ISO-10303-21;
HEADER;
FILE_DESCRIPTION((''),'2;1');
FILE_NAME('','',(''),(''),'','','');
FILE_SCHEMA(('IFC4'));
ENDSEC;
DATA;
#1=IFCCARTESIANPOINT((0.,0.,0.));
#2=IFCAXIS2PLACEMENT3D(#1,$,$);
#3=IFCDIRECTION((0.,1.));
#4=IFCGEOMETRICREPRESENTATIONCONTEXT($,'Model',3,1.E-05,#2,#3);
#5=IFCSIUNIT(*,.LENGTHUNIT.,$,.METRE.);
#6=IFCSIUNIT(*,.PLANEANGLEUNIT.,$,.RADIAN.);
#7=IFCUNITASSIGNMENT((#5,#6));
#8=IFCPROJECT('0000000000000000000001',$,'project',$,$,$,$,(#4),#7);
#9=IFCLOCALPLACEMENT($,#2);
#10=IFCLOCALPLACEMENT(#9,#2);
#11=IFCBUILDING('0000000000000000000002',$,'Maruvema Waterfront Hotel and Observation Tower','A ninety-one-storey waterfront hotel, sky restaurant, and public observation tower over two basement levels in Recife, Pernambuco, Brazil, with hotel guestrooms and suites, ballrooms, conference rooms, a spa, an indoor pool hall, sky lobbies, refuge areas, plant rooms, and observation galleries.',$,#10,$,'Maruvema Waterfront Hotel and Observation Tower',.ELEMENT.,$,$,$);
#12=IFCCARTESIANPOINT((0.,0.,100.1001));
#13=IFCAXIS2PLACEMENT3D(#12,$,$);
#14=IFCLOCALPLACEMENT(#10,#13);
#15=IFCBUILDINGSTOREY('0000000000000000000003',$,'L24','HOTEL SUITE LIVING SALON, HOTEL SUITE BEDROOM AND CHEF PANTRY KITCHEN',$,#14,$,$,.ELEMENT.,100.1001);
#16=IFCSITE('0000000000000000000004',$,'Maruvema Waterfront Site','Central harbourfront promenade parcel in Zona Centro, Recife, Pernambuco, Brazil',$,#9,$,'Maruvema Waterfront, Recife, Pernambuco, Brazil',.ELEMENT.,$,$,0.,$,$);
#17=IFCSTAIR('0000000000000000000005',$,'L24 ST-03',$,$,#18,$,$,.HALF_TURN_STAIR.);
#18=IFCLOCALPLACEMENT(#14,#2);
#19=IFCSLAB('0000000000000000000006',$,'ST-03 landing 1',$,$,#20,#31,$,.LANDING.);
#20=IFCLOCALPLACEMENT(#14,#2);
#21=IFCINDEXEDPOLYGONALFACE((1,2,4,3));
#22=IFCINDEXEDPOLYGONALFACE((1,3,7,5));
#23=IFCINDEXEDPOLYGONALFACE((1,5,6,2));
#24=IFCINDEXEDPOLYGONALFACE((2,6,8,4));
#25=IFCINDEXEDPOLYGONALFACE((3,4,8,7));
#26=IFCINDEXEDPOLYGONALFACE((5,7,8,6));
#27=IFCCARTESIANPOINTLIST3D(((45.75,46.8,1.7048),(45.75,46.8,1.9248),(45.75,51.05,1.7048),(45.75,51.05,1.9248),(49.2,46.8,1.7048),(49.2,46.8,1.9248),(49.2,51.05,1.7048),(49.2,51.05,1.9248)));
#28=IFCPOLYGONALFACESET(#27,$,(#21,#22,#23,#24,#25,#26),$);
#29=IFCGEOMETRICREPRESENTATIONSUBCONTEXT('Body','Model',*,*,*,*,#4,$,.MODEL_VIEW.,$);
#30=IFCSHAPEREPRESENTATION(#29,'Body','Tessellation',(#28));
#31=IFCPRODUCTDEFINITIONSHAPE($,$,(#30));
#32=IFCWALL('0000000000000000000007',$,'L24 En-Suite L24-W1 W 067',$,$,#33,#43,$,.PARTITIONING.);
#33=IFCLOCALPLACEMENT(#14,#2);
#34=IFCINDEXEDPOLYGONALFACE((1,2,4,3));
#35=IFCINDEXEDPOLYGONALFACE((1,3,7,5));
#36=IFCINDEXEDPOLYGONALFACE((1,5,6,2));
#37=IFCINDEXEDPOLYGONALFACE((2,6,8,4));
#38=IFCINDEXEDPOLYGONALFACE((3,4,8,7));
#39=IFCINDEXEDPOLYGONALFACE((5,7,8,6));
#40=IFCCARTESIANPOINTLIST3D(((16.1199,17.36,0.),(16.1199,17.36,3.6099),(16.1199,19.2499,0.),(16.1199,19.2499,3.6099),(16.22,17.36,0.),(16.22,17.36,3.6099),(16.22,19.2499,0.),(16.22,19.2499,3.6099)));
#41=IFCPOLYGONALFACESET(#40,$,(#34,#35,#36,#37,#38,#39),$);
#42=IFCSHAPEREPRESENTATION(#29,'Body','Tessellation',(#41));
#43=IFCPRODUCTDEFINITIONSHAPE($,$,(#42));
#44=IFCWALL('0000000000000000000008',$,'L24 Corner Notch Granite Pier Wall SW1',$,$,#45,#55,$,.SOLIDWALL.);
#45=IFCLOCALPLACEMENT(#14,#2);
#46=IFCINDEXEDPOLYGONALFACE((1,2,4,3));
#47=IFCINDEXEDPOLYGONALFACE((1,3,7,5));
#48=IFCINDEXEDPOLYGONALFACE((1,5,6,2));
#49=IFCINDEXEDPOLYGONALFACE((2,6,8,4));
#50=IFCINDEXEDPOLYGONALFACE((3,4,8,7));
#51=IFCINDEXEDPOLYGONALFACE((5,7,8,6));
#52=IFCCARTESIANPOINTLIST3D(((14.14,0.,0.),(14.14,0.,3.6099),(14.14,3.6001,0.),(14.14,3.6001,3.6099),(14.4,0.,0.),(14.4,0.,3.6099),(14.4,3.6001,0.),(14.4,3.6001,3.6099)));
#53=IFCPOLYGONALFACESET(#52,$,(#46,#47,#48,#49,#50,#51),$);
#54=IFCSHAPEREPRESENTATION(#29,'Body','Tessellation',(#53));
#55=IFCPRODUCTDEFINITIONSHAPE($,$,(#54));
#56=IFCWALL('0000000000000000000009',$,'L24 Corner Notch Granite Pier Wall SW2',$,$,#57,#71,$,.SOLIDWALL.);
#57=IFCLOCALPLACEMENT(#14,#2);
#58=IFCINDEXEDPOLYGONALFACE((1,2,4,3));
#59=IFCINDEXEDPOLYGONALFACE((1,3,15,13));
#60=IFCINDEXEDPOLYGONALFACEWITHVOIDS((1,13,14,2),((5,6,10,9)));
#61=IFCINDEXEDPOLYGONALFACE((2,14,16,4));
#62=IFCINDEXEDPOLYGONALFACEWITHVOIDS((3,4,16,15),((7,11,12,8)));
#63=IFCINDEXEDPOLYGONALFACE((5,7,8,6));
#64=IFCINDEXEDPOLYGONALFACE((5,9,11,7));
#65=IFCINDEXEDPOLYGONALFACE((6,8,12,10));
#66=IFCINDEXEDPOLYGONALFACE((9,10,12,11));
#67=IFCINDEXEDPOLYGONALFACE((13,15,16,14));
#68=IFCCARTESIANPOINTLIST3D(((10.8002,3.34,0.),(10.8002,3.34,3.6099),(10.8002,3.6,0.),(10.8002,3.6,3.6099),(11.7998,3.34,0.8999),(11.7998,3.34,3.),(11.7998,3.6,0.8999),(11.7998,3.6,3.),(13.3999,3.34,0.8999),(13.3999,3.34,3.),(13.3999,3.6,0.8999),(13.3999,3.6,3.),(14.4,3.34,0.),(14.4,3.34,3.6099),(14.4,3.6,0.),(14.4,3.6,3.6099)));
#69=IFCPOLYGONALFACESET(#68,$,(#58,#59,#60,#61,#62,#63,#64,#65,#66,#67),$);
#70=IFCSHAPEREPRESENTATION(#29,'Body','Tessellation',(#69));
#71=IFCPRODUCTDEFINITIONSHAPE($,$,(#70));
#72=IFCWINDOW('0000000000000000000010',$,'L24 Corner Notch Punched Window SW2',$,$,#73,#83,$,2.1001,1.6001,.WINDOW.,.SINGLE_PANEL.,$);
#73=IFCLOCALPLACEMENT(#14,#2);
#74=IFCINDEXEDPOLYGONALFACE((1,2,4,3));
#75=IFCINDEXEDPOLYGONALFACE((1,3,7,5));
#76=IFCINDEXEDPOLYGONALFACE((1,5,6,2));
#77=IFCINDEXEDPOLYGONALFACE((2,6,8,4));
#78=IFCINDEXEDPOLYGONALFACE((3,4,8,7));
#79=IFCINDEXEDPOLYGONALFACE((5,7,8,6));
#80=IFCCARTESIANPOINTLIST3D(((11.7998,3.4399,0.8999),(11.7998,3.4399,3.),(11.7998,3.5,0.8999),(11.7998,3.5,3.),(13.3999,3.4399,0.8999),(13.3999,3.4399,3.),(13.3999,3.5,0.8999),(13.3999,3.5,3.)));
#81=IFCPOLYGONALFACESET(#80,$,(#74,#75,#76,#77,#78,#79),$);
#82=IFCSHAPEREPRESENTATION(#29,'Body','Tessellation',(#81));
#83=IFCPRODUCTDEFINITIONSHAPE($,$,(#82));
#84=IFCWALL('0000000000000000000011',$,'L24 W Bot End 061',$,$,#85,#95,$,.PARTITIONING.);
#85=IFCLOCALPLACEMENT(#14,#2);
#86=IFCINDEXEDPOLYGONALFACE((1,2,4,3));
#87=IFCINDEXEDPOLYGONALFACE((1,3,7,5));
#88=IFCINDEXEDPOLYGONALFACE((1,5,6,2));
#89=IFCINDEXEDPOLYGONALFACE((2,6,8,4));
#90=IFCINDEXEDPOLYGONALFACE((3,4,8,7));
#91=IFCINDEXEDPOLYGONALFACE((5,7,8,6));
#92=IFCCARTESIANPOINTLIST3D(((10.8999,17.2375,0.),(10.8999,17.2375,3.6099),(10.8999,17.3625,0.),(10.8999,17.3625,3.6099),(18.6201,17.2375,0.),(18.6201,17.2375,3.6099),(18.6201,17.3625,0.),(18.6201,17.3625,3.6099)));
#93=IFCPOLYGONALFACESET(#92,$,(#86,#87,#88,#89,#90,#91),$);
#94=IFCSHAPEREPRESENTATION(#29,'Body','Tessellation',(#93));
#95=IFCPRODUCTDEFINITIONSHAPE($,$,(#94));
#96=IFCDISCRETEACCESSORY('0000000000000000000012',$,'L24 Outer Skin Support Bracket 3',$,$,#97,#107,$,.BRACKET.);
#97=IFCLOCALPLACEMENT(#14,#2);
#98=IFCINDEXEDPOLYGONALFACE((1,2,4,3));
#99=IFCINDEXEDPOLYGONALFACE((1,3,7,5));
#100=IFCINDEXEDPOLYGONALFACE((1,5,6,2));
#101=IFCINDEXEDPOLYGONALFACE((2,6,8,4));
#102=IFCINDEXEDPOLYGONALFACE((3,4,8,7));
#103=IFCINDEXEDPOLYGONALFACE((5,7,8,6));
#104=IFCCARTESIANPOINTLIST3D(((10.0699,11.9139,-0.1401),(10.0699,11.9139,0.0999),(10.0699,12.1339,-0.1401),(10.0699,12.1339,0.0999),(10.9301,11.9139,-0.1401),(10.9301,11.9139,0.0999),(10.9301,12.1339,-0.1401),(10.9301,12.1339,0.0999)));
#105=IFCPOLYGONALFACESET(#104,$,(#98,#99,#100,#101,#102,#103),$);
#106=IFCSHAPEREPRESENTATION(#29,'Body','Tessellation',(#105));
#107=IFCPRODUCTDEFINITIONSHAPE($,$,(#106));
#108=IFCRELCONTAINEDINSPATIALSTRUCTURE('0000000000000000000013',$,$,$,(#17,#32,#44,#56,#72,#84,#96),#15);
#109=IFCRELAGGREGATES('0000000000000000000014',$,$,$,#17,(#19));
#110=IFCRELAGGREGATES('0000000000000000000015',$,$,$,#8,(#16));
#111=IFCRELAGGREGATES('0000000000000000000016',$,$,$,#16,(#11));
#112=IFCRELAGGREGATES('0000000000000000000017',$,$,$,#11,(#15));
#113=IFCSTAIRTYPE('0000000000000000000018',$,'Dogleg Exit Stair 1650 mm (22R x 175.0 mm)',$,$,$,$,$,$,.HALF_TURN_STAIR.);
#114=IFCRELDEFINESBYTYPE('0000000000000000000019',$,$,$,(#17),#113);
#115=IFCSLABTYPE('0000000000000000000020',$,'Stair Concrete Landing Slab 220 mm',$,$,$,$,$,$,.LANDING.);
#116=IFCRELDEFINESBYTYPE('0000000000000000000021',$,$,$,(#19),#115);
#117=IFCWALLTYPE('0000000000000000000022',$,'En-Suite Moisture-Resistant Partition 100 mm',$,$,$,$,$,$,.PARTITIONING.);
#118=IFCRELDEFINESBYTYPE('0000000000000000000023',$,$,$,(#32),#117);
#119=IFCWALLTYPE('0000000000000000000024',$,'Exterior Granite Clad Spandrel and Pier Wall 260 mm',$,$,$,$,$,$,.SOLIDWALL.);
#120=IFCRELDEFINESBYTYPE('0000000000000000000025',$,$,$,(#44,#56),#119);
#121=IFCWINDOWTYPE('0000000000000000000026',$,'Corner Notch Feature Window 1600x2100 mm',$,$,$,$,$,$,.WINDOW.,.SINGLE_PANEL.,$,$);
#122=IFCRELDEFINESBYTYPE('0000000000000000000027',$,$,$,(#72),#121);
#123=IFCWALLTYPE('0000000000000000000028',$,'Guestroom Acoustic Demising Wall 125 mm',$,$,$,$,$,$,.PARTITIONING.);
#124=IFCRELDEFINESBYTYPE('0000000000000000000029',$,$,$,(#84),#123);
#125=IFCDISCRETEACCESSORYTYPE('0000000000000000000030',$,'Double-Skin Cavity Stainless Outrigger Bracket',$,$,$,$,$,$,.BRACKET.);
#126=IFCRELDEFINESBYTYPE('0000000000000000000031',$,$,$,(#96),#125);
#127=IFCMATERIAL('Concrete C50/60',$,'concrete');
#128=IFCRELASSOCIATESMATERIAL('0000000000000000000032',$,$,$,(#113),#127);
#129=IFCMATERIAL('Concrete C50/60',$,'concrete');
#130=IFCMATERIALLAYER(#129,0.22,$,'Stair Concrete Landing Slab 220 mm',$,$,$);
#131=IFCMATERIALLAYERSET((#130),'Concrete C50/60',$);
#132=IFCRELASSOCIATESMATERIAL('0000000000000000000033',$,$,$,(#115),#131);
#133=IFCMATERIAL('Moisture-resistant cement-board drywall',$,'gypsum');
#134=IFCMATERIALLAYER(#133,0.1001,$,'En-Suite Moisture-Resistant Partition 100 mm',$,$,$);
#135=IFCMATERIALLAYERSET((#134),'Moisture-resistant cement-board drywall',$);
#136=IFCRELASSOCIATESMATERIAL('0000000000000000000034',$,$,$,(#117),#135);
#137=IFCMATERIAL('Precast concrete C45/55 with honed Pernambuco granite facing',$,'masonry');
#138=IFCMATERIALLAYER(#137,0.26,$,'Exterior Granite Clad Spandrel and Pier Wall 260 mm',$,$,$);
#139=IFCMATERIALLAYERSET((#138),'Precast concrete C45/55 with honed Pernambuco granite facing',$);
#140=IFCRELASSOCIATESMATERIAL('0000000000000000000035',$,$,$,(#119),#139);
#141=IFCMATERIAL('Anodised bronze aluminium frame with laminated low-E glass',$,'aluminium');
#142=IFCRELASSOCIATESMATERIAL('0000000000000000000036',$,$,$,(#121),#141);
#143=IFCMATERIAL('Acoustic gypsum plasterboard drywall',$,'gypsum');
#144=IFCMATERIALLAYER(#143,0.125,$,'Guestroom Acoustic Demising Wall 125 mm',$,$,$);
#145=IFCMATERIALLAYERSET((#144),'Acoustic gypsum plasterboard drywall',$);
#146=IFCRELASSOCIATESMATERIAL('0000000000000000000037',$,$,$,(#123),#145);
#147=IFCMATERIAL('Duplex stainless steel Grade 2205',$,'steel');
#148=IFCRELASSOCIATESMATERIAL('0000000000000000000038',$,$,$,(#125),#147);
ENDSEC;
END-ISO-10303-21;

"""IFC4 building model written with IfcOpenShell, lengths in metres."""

from ifc_helpers import new_model, si_unit, direction, frame, frame_2d, origin, origin_2d, place, context, subcontext, project, spatial, polyline, rectangle, outline, extrude, material, layer, layer_set, type_object, element, fill, aggregate, save


model = new_model("IFC4")

# Units and contexts
model_context = context("Model", 3, precision=1e-05, world=origin(), true_north=direction((0.0, 1.0)))
body_context = subcontext(model_context, "Body", "Model", "MODEL_VIEW")
ifc_project = project(units=[si_unit("LENGTHUNIT", "METRE"), si_unit("PLANEANGLEUNIT", "RADIAN")], contexts=[model_context])

# Site, building, storey
site_placement = place(None, origin())
site = spatial("IfcSite", under=ifc_project, at=site_placement, Name="Maruvema Waterfront Site", Description="Central harbourfront promenade parcel in Zona Centro, Recife, Pernambuco, Brazil", LongName="Maruvema Waterfront, Recife, Pernambuco, Brazil", CompositionType="ELEMENT", RefElevation=0.0)
building_placement = place(site_placement, origin())
building = spatial("IfcBuilding", under=site, at=building_placement, Name="Maruvema Waterfront Hotel and Observation Tower", Description="A ninety-one-storey waterfront hotel, sky restaurant, and public observation tower over two basement levels in Recife, Pernambuco, Brazil, with hotel guestrooms and suites, ballrooms, conference rooms, a spa, an indoor pool hall, sky lobbies, refuge areas, plant rooms, and observation galleries.", LongName="Maruvema Waterfront Hotel and Observation Tower", CompositionType="ELEMENT")
storey_placement = place(building_placement, frame((0.0, 0.0, 100.1001)))
storey = spatial("IfcBuildingStorey", under=building, at=storey_placement, Name="L24", Description="HOTEL SUITE LIVING SALON, HOTEL SUITE BEDROOM AND CHEF PANTRY KITCHEN", CompositionType="ELEMENT", Elevation=100.1001)

# Stair, slab
ifc_material_1 = material(Name="Concrete C50/60", Category="concrete")
stair_type = type_object("IfcStairType", Name="Dogleg Exit Stair 1650 mm (22R x 175.0 mm)", PredefinedType="HALF_TURN_STAIR", material=ifc_material_1)
ifc_material_2 = material(Name="Concrete C50/60", Category="concrete")
ifc_layer_1 = layer(ifc_material_2, 0.22, Name="Stair Concrete Landing Slab 220 mm")
ifc_layer_set_1 = layer_set([ifc_layer_1], Name="Concrete C50/60")
slab_type_1 = type_object("IfcSlabType", Name="Stair Concrete Landing Slab 220 mm", PredefinedType="LANDING", material=ifc_layer_set_1)
stair_1_placement = place(storey_placement, origin())
stair_1 = element("IfcStair", 1, at=stair_1_placement, inside=storey, type_object=stair_type, Name="L24 ST-03", PredefinedType="HALF_TURN_STAIR")
slab_1_placement = place(storey_placement, frame((0.0, 0.0, 1.7048)))
slab_1 = element("IfcSlab", 2, at=slab_1_placement, type_object=slab_type_1, Name="ST-03 landing 1", PredefinedType="LANDING", context=body_context, shape_type="SweptSolid", body=[
    extrude(outline(polyline([(49.2, 46.8), (49.2, 51.05), (45.75, 51.05), (45.75, 46.8), (49.2, 46.8)])), origin(), (0.0, 0.0, 1.0), 0.22),
])
aggregate(stair_1, [slab_1])

# Walls
ifc_material_3 = material(Name="Moisture-resistant cement-board drywall", Category="gypsum")
ifc_layer_2 = layer(ifc_material_3, 0.1001, Name="En-Suite Moisture-Resistant Partition 100 mm")
ifc_layer_set_2 = layer_set([ifc_layer_2], Name="Moisture-resistant cement-board drywall")
wall_type_1 = type_object("IfcWallType", Name="En-Suite Moisture-Resistant Partition 100 mm", PredefinedType="PARTITIONING", material=ifc_layer_set_2)
wall_1_placement = place(storey_placement, frame((16.1699, 17.3601, 0.0), z_axis=(0.0, 0.0, 1.0), x_axis=(0.0, 1.0, 0.0)))
element("IfcWall", 3, at=wall_1_placement, inside=storey, type_object=wall_type_1, Name="L24 En-Suite L24-W1 W 067", PredefinedType="PARTITIONING", context=body_context, shape_type="SweptSolid", body=[
    extrude(rectangle(XDim=1.8899, YDim=0.1001, at=frame_2d((0.9448, 0.0))), origin(), (0.0, 0.0, 1.0), 3.6099),
])
ifc_material_4 = material(Name="Precast concrete C45/55 with honed Pernambuco granite facing", Category="masonry")
ifc_layer_3 = layer(ifc_material_4, 0.26, Name="Exterior Granite Clad Spandrel and Pier Wall 260 mm")
ifc_layer_set_3 = layer_set([ifc_layer_3], Name="Precast concrete C45/55 with honed Pernambuco granite facing")
wall_type_2 = type_object("IfcWallType", Name="Exterior Granite Clad Spandrel and Pier Wall 260 mm", PredefinedType="SOLIDWALL", material=ifc_layer_set_3)
wall_2_placement = place(storey_placement, frame((14.27, 0.0, 0.0), z_axis=(0.0, 0.0, 1.0), x_axis=(0.0, 1.0, 0.0)))
element("IfcWall", 4, at=wall_2_placement, inside=storey, type_object=wall_type_2, Name="L24 Corner Notch Granite Pier Wall SW1", PredefinedType="SOLIDWALL", context=body_context, shape_type="SweptSolid", body=[
    extrude(rectangle(XDim=3.6001, YDim=0.26, at=frame_2d((1.8, 0.0))), origin(), (0.0, 0.0, 1.0), 3.6099),
])

# Wall, opening, window
wall_3_placement = place(storey_placement, frame((14.3999, 3.47, 0.0), z_axis=(0.0, 0.0, 1.0), x_axis=(-1.0, 0.0, 0.0)))
wall_3 = element("IfcWall", 5, at=wall_3_placement, inside=storey, type_object=wall_type_2, Name="L24 Corner Notch Granite Pier Wall SW2", PredefinedType="SOLIDWALL", context=body_context, shape_type="SweptSolid", body=[
    extrude(rectangle(XDim=3.5999, YDim=0.26, at=frame_2d((1.7998, 0.0))), origin(), (0.0, 0.0, 1.0), 3.6099),
])
opening_placement = place(wall_3_placement, frame((1.0, 0.0, 0.8999)))
opening = element("IfcOpeningElement", 6, at=opening_placement, cuts=wall_3, PredefinedType="OPENING", context=body_context, shape_type="SweptSolid", body=[
    extrude(rectangle(XDim=1.6001, YDim=2.1001, at=frame_2d((0.8, 1.05))), frame((0.0, 0.1401, 0.0), z_axis=(0.0, -1.0, 0.0), x_axis=(1.0, 0.0, 0.0)), (0.0, 0.0, 1.0), 0.28),
])
ifc_material_5 = material(Name="Anodised bronze aluminium frame with laminated low-E glass", Category="aluminium")
window_type = type_object("IfcWindowType", Name="Corner Notch Feature Window 1600x2100 mm", PartitioningType="SINGLE_PANEL", PredefinedType="WINDOW", material=ifc_material_5)
window_placement = place(opening_placement, origin())
window = element("IfcWindow", 7, at=window_placement, inside=storey, type_object=window_type, Name="L24 Corner Notch Punched Window SW2", OverallHeight=2.1001, OverallWidth=1.6001, PartitioningType="SINGLE_PANEL", PredefinedType="WINDOW", context=body_context, shape_type="SweptSolid", body=[
    extrude(rectangle(XDim=1.6001, YDim=2.1001, at=frame_2d((0.8, 1.05))), frame((0.0, 0.03, 0.0), z_axis=(0.0, -1.0, 0.0), x_axis=(1.0, 0.0, 0.0)), (0.0, 0.0, 1.0), 0.0601),
])
fill(opening, window)

# Wall
ifc_material_6 = material(Name="Acoustic gypsum plasterboard drywall", Category="gypsum")
ifc_layer_4 = layer(ifc_material_6, 0.125, Name="Guestroom Acoustic Demising Wall 125 mm")
ifc_layer_set_4 = layer_set([ifc_layer_4], Name="Acoustic gypsum plasterboard drywall")
wall_type_3 = type_object("IfcWallType", Name="Guestroom Acoustic Demising Wall 125 mm", PredefinedType="PARTITIONING", material=ifc_layer_set_4)
wall_4_placement = place(storey_placement, frame((10.8999, 17.3, 0.0), z_axis=(0.0, 0.0, 1.0), x_axis=(1.0, 0.0, 0.0)))
element("IfcWall", 8, at=wall_4_placement, inside=storey, type_object=wall_type_3, Name="L24 W Bot End 061", PredefinedType="PARTITIONING", context=body_context, shape_type="SweptSolid", body=[
    extrude(rectangle(XDim=7.7202, YDim=0.125, at=frame_2d((3.8601, 0.0))), origin(), (0.0, 0.0, 1.0), 3.6099),
])

# Discrete accessory
ifc_material_7 = material(Name="Duplex stainless steel Grade 2205", Category="steel")
discrete_accessory_type = type_object("IfcDiscreteAccessoryType", Name="Double-Skin Cavity Stainless Outrigger Bracket", PredefinedType="BRACKET", material=ifc_material_7)
discrete_accessory_placement = place(storey_placement, frame((10.5, 12.0239, -0.1401), z_axis=(0.0, 0.0, 1.0), x_axis=(0.0, -1.0, 0.0)))
element("IfcDiscreteAccessory", 9, at=discrete_accessory_placement, inside=storey, type_object=discrete_accessory_type, Name="L24 Outer Skin Support Bracket 3", PredefinedType="BRACKET", context=body_context, shape_type="SweptSolid", body=[
    extrude(rectangle(XDim=0.22, YDim=0.8601, at=origin_2d()), origin(), (0.0, 0.0, 1.0), 0.24),
])

save(model, "model.ifc")
